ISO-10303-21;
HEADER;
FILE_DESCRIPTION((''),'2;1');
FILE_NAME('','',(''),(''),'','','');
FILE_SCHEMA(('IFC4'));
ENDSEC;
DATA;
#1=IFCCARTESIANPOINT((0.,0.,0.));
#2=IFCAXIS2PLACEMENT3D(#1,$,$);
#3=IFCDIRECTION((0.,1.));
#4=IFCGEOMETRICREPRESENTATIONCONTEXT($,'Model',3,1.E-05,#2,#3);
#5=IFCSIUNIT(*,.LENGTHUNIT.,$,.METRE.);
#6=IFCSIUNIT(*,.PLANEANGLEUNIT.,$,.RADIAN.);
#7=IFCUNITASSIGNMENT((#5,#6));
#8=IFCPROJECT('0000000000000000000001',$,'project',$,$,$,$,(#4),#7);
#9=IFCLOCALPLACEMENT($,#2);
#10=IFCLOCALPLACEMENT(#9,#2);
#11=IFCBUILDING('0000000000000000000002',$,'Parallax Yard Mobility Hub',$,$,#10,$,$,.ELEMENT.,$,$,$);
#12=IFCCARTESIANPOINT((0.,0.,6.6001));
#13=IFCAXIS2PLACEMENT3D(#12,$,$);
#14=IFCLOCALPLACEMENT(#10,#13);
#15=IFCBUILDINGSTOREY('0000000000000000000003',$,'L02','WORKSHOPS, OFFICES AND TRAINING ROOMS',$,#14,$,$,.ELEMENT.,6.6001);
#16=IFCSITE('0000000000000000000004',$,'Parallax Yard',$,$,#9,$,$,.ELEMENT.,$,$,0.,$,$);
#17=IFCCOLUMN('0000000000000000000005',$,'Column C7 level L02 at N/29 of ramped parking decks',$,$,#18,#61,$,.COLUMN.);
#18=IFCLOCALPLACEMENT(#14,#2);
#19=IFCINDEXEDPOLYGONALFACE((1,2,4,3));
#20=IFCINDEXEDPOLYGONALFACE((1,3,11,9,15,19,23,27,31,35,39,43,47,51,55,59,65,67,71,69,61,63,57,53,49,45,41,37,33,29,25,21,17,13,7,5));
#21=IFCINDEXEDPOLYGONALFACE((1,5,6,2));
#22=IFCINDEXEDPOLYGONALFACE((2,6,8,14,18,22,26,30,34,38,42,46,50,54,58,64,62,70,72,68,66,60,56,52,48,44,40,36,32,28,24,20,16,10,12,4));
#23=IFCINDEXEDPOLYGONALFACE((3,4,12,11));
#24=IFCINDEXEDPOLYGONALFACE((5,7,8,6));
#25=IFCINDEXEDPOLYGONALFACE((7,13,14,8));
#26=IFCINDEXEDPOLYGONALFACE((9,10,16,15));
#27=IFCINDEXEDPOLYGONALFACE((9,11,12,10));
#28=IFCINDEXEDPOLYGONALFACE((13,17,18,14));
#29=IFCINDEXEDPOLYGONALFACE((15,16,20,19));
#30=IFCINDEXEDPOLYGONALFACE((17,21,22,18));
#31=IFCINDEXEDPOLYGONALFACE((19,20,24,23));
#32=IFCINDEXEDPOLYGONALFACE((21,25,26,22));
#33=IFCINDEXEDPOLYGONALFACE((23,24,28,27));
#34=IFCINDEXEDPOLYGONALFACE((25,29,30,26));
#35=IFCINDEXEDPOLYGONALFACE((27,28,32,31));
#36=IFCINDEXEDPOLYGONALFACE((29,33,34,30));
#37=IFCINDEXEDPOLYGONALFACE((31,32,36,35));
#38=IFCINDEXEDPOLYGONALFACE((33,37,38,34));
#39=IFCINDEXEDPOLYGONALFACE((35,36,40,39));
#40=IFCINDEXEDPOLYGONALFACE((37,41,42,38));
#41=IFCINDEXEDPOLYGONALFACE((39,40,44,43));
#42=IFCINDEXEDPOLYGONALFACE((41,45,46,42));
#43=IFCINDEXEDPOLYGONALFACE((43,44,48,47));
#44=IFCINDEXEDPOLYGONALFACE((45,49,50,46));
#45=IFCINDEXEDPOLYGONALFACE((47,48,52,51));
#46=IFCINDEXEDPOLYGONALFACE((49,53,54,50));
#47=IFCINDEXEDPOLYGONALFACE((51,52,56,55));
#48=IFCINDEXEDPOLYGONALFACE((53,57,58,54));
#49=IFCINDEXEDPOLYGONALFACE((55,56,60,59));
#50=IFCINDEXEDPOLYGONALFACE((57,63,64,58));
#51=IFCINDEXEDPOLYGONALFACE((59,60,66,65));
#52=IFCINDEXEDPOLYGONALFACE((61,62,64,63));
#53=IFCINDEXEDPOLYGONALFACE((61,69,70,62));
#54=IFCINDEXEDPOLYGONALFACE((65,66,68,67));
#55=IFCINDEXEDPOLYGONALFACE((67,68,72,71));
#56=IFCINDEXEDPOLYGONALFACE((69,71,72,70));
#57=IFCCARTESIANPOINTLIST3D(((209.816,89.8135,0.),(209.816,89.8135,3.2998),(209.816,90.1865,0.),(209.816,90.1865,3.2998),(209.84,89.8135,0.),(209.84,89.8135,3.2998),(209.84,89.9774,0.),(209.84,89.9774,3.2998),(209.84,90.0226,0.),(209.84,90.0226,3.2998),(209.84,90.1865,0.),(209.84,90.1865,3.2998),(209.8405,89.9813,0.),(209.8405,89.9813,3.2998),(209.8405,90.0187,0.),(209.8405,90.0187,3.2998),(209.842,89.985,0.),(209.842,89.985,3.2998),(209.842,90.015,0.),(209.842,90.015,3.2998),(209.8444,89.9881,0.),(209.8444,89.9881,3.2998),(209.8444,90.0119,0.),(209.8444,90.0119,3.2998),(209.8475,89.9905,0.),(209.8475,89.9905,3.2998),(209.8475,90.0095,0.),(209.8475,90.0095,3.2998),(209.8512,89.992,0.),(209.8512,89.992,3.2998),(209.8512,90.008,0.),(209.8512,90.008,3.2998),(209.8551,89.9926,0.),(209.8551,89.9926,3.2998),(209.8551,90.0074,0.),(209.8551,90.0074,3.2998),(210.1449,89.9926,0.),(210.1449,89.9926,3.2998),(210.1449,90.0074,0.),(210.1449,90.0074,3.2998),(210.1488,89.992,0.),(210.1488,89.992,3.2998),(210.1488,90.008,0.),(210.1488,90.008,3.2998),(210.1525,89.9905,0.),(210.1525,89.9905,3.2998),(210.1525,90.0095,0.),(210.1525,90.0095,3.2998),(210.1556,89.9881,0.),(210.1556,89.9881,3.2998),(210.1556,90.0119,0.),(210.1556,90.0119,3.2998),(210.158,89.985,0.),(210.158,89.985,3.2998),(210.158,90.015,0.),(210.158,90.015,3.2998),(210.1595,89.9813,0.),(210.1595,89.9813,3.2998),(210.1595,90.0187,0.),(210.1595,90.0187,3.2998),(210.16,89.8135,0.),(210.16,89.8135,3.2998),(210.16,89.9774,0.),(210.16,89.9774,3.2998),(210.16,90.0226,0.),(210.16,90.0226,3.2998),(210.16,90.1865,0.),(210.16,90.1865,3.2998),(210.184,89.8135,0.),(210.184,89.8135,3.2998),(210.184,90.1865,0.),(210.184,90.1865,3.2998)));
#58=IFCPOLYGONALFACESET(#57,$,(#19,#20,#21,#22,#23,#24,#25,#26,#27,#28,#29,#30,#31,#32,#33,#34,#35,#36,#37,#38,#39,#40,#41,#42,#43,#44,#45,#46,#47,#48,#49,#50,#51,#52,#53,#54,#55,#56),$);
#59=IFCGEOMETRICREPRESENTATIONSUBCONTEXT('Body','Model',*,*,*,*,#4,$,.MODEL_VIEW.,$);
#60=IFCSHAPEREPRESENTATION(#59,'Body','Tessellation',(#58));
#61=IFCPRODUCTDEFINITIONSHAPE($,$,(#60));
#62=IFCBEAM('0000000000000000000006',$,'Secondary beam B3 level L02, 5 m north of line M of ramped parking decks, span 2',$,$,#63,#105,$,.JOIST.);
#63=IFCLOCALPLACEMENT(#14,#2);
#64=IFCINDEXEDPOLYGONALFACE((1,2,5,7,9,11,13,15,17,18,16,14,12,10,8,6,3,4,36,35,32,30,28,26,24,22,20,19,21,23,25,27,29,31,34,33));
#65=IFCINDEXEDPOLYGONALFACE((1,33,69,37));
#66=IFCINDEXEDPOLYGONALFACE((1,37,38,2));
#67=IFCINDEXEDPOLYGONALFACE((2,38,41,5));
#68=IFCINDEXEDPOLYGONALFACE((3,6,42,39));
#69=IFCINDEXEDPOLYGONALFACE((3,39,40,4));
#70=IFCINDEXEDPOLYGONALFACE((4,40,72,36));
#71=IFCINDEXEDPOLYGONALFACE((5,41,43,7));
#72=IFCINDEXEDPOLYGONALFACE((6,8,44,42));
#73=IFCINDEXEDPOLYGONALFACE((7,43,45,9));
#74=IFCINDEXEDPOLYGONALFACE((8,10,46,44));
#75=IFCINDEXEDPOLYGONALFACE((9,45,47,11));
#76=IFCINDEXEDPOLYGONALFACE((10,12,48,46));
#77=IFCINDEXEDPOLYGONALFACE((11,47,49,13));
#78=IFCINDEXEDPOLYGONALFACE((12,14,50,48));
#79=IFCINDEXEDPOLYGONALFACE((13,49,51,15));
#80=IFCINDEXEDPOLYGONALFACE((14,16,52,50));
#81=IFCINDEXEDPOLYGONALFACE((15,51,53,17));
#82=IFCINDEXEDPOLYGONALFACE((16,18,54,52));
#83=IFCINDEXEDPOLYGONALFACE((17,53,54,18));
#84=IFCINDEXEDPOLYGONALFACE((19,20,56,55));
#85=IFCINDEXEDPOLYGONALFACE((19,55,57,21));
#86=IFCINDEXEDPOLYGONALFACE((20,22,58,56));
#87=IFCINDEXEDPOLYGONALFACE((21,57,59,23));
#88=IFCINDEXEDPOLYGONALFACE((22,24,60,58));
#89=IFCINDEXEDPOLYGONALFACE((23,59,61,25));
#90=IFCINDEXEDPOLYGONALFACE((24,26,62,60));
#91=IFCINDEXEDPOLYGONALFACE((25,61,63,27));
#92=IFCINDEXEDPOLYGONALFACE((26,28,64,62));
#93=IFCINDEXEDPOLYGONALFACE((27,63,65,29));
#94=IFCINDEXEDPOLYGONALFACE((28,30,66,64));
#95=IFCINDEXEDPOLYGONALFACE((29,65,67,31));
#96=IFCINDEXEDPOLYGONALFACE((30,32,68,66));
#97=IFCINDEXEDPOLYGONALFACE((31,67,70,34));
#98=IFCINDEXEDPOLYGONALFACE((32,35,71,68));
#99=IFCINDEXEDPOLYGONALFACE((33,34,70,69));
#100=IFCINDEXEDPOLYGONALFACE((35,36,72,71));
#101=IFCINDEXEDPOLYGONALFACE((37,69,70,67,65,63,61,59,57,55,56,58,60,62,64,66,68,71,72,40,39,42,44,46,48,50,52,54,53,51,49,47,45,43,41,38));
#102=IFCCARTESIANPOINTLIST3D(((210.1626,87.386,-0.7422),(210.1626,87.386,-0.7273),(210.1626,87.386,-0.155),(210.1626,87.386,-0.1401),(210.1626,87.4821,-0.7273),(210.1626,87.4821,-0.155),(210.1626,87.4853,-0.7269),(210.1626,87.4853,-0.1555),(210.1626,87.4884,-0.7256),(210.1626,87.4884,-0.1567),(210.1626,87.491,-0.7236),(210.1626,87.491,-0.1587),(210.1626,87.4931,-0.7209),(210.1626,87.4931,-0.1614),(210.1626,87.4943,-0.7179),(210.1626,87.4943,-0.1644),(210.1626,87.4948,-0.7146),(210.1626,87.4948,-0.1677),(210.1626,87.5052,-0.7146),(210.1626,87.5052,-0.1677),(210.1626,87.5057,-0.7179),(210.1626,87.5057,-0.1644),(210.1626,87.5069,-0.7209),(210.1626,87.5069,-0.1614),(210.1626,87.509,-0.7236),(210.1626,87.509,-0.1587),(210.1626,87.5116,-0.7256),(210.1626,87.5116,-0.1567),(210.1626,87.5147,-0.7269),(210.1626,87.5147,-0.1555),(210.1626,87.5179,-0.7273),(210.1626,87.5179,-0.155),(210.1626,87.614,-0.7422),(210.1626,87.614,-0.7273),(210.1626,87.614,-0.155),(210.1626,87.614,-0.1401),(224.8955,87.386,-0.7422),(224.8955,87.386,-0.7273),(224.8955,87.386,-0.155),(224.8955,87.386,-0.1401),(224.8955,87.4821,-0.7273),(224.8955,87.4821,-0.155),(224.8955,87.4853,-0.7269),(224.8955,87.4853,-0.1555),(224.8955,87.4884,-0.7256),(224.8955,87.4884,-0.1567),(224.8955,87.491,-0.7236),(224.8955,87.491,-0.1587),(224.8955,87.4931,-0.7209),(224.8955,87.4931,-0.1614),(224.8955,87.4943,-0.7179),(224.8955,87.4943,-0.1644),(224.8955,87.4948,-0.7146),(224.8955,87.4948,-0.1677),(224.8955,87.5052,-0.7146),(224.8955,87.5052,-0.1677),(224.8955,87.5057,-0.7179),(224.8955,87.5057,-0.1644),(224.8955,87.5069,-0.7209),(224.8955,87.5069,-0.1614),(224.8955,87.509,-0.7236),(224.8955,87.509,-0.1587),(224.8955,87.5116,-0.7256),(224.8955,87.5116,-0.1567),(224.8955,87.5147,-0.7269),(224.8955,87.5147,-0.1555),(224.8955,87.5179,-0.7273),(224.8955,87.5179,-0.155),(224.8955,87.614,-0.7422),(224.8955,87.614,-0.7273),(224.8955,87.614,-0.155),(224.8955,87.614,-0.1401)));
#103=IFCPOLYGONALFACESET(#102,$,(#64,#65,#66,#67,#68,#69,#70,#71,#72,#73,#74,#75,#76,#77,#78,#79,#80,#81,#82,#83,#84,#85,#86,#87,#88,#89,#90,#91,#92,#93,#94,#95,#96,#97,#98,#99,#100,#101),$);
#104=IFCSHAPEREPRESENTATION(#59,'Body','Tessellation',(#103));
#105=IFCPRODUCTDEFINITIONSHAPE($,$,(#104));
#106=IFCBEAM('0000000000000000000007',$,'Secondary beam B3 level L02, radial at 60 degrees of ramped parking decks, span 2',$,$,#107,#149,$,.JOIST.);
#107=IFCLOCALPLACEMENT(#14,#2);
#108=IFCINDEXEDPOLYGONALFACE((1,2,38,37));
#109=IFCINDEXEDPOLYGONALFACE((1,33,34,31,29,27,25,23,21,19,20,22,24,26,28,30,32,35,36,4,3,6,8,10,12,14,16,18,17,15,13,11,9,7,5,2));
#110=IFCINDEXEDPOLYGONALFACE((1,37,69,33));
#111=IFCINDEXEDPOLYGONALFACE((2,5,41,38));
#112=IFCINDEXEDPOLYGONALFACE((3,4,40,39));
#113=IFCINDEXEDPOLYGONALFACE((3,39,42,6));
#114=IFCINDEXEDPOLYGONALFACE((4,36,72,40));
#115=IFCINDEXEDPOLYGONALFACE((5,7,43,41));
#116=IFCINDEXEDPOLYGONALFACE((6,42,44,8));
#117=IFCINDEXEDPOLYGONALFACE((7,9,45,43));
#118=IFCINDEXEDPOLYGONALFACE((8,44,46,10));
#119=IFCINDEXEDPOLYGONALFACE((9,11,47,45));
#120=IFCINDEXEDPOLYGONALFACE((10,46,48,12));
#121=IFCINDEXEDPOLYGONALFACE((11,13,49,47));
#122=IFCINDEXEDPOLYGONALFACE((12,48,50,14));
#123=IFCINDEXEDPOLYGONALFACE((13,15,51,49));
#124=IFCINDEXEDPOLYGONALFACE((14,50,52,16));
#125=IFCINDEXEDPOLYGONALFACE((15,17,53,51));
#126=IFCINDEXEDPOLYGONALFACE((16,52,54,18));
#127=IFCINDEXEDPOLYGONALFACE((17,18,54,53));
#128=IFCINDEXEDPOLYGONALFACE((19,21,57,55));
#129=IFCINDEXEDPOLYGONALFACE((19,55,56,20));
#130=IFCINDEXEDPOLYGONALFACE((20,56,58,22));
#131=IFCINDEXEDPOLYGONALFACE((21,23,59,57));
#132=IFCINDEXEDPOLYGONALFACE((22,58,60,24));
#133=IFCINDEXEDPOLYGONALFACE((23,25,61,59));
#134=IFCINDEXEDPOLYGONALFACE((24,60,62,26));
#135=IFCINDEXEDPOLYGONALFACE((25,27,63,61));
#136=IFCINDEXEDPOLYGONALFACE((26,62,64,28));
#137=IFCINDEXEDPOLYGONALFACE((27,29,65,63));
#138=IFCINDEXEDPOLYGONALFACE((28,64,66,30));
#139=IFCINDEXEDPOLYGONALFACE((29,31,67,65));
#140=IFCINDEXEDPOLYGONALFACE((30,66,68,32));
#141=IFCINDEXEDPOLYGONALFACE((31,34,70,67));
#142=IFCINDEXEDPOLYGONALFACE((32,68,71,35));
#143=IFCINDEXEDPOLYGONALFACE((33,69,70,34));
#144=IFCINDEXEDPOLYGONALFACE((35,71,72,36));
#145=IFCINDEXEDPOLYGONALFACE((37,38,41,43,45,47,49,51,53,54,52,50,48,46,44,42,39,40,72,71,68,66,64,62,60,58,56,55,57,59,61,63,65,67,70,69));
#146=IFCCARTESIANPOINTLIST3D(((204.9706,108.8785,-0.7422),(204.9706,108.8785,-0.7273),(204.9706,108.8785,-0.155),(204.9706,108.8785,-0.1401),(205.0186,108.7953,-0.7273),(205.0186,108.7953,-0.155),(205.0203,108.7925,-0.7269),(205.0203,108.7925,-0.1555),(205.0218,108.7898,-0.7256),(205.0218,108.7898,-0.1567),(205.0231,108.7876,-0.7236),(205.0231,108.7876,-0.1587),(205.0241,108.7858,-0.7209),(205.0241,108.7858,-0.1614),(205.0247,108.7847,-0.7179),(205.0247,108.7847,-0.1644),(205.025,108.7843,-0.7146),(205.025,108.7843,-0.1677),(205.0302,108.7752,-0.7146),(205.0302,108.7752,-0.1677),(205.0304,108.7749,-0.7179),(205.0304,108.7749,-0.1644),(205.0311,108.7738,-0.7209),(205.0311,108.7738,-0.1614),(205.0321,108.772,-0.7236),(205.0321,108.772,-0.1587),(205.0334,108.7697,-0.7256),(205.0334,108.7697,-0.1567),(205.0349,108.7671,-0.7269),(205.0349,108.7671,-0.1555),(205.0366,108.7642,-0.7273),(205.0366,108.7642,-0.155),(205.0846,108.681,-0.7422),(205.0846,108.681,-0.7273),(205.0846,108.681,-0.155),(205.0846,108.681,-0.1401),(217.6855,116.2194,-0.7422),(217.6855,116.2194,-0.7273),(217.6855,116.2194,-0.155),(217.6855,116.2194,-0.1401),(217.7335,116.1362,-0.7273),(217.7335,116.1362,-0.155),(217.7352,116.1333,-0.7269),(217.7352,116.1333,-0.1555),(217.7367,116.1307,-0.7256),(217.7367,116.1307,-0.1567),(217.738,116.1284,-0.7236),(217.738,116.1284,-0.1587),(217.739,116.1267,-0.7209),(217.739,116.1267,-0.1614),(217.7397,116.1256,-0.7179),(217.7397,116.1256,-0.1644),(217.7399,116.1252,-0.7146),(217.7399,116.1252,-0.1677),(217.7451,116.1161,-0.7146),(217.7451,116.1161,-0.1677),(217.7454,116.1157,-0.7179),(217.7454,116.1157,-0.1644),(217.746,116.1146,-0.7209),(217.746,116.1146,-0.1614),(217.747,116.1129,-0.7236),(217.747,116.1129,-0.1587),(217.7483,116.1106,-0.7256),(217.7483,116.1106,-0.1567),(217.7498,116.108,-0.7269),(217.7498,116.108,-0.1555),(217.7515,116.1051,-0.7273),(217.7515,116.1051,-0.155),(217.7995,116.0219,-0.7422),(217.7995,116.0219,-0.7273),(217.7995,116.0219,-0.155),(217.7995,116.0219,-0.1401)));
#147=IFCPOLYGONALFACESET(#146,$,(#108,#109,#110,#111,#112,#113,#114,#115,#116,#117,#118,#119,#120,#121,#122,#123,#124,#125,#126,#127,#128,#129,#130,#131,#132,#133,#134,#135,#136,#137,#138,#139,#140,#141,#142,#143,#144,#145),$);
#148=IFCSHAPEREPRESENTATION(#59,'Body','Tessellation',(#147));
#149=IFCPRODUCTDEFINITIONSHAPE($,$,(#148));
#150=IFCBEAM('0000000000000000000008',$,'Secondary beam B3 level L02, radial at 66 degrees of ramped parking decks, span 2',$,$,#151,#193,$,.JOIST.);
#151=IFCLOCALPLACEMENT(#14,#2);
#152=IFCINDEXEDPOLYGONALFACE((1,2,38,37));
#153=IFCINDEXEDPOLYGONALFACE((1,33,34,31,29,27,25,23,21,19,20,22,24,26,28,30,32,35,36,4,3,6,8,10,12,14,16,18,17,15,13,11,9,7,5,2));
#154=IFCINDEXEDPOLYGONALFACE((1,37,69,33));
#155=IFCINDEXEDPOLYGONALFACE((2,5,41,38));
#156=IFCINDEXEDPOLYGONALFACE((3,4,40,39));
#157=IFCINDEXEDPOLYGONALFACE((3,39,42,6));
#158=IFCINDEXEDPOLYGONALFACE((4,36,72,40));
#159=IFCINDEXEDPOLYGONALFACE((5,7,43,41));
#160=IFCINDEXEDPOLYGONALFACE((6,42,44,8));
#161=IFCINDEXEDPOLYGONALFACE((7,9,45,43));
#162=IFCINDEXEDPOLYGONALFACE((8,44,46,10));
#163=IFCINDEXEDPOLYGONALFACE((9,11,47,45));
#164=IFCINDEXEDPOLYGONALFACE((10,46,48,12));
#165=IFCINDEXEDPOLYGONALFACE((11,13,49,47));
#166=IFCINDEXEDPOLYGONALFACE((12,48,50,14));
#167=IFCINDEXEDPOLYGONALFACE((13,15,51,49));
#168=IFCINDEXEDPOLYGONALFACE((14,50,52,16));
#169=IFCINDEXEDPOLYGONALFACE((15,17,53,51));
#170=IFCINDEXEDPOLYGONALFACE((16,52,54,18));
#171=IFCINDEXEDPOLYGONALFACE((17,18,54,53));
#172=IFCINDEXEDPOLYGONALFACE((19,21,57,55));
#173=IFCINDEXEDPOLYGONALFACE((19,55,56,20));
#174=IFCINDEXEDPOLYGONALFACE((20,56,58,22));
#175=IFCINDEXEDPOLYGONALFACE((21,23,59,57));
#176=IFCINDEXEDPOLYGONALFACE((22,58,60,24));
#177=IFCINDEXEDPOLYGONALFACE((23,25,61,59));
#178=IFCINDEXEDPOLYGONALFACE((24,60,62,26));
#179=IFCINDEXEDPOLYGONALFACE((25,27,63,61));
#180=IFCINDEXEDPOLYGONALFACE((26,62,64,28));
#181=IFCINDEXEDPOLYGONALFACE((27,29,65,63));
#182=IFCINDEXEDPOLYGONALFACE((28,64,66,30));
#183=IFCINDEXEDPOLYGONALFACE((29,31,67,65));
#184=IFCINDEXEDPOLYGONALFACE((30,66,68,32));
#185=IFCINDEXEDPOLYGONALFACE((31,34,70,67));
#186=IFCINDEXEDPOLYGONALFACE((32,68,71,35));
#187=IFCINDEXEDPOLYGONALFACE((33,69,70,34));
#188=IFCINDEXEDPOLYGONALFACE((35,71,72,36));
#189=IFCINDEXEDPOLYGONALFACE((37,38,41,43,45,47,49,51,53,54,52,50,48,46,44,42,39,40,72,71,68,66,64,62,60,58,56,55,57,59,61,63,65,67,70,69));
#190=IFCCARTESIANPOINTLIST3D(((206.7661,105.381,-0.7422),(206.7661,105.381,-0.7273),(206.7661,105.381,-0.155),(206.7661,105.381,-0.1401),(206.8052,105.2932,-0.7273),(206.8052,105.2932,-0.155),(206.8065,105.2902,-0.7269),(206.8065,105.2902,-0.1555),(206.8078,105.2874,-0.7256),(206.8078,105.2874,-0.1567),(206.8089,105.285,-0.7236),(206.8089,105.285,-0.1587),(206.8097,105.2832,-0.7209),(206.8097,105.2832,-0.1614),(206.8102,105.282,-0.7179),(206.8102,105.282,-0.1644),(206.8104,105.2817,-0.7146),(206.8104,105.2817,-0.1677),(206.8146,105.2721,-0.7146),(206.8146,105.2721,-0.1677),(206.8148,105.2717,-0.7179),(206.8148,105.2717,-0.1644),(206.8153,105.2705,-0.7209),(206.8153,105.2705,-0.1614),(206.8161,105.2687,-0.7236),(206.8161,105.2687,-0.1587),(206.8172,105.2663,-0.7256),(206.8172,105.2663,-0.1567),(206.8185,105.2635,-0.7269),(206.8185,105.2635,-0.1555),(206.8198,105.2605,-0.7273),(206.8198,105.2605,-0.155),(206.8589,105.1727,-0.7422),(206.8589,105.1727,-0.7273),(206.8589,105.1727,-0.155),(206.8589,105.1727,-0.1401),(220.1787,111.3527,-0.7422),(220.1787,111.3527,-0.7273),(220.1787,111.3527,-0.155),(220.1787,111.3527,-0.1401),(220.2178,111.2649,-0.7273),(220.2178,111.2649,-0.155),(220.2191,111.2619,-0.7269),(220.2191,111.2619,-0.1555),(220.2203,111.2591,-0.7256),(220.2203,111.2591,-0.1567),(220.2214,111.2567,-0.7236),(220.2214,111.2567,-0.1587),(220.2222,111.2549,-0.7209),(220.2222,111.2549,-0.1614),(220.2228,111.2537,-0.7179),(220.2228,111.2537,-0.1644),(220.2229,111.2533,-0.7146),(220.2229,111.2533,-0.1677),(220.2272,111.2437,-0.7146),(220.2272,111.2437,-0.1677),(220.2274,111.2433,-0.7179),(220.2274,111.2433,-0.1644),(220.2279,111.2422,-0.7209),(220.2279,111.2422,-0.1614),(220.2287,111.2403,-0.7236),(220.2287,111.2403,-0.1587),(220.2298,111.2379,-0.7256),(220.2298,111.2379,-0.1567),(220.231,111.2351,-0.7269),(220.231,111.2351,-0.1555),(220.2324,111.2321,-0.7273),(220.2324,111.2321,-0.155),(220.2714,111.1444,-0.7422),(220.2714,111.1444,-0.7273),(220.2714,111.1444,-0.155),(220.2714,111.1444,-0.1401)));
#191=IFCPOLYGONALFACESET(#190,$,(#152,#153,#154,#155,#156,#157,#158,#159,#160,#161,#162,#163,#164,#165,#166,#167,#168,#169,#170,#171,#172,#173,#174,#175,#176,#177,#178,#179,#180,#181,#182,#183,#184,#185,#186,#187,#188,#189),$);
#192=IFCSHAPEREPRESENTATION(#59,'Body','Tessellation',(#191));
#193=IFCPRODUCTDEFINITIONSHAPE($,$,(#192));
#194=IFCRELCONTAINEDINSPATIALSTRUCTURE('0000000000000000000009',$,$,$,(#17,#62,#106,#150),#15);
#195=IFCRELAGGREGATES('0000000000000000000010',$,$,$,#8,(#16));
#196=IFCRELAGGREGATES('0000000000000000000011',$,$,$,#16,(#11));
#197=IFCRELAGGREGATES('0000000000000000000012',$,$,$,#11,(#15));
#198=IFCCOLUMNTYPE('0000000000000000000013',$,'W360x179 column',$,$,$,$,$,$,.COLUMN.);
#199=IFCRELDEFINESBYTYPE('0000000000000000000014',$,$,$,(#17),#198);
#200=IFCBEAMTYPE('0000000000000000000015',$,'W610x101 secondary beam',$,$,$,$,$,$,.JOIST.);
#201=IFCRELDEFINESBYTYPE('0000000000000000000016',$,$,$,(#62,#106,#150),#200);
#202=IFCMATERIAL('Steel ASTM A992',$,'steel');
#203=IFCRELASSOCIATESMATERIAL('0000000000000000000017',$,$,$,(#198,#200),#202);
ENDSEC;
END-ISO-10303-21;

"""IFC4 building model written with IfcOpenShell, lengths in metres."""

from ifc_helpers import new_model, si_unit, direction, frame, origin, origin_2d, place, context, subcontext, project, spatial, i_section, extrude, material, material_profile, profile_set, type_object, element, save


model = new_model("IFC4")

# Units and contexts
model_context = context("Model", 3, precision=1e-05, world=origin(), true_north=direction((0.0, 1.0)))
body_context = subcontext(model_context, "Body", "Model", "MODEL_VIEW")
ifc_project = project(units=[si_unit("LENGTHUNIT", "METRE"), si_unit("PLANEANGLEUNIT", "RADIAN")], contexts=[model_context])

# Site, building, storey
site_placement = place(None, origin())
site = spatial("IfcSite", under=ifc_project, at=site_placement, Name="Parallax Yard", CompositionType="ELEMENT", RefElevation=0.0)
building_placement = place(site_placement, origin())
building = spatial("IfcBuilding", under=site, at=building_placement, Name="Parallax Yard Mobility Hub", CompositionType="ELEMENT")
storey_placement = place(building_placement, frame((0.0, 0.0, 6.6001)))
storey = spatial("IfcBuildingStorey", under=building, at=storey_placement, Name="L02", Description="WORKSHOPS, OFFICES AND TRAINING ROOMS", CompositionType="ELEMENT", Elevation=6.6001)

# Column
ifc_material_1 = material(Name="Steel ASTM A992", Category="steel")
ifc_material_profile_1 = material_profile(ifc_material_1, i_section(OverallWidth=0.373, OverallDepth=0.3679, WebThickness=0.0149, FlangeThickness=0.0239, FilletRadius=0.0151, at=origin_2d()), Name="W360x179")
ifc_profile_set_1 = profile_set([ifc_material_profile_1], Name="Steel ASTM A992")
column_type_1 = type_object("IfcColumnType", Name="W360x179 column", PredefinedType="COLUMN", material=ifc_profile_set_1)
column_1_placement = place(storey_placement, frame((210.0, 90.0, 0.0), z_axis=(0.0, 0.0, 1.0), x_axis=(0.0, 1.0, 0.0)))
element("IfcColumn", 1, at=column_1_placement, inside=storey, type_object=column_type_1, Name="Column C7 level L02 at N/29 of ramped parking decks", PredefinedType="COLUMN", context=body_context, shape_type="SweptSolid", body=[
    extrude(i_section(OverallWidth=0.373, OverallDepth=0.3679, WebThickness=0.0149, FlangeThickness=0.0239, FilletRadius=0.0151, at=origin_2d()), origin(), (0.0, 0.0, 1.0), 3.2998),
])

# Beams
ifc_material_profile_2 = material_profile(ifc_material_1, i_section(OverallWidth=0.228, OverallDepth=0.6021, WebThickness=0.0105, FlangeThickness=0.0149, FilletRadius=0.0127, at=origin_2d()), Name="W610x101")
ifc_profile_set_2 = profile_set([ifc_material_profile_2], Name="Steel ASTM A992")
beam_type_1 = type_object("IfcBeamType", Name="W610x101 secondary beam", PredefinedType="JOIST", material=ifc_profile_set_2)
beam_1_placement = place(storey_placement, frame((210.1626, 87.5, -0.4412), z_axis=(1.0, 0.0, 0.0), x_axis=(0.0, 1.0, 0.0)))
element("IfcBeam", 2, at=beam_1_placement, inside=storey, type_object=beam_type_1, Name="Secondary beam B3 level L02, 5 m north of line M of ramped parking decks, span 2", PredefinedType="JOIST", context=body_context, shape_type="SweptSolid", body=[
    extrude(i_section(OverallWidth=0.228, OverallDepth=0.6021, WebThickness=0.0105, FlangeThickness=0.0149, FilletRadius=0.0127, at=origin_2d()), origin(), (0.0, 0.0, 1.0), 14.7329),
])
for number, where, z_axis, x_axis, name in (
    (3, (205.0276, 108.7798, -0.4412), (0.866028, 0.499995, 0.0), (-0.499995, 0.866028, 0.0), "Secondary beam B3 level L02, radial at 60 degrees of ramped parking decks, span 2"),
    (4, (206.8125, 105.2769, -0.4412), (0.913545, 0.406737, 0.0), (-0.406737, 0.913545, 0.0), "Secondary beam B3 level L02, radial at 66 degrees of ramped parking decks, span 2"),
):
    element("IfcBeam", number, at=place(storey_placement, frame(where, z_axis=z_axis, x_axis=x_axis)), inside=storey, type_object=beam_type_1, Name=name, PredefinedType="JOIST", context=body_context, shape_type="SweptSolid", body=[
        extrude(i_section(OverallWidth=0.228, OverallDepth=0.6021, WebThickness=0.0105, FlangeThickness=0.0149, FilletRadius=0.0127, at=origin_2d()), origin(), (0.0, 0.0, 1.0), 14.6819),
    ])

save(model, "model.ifc")
